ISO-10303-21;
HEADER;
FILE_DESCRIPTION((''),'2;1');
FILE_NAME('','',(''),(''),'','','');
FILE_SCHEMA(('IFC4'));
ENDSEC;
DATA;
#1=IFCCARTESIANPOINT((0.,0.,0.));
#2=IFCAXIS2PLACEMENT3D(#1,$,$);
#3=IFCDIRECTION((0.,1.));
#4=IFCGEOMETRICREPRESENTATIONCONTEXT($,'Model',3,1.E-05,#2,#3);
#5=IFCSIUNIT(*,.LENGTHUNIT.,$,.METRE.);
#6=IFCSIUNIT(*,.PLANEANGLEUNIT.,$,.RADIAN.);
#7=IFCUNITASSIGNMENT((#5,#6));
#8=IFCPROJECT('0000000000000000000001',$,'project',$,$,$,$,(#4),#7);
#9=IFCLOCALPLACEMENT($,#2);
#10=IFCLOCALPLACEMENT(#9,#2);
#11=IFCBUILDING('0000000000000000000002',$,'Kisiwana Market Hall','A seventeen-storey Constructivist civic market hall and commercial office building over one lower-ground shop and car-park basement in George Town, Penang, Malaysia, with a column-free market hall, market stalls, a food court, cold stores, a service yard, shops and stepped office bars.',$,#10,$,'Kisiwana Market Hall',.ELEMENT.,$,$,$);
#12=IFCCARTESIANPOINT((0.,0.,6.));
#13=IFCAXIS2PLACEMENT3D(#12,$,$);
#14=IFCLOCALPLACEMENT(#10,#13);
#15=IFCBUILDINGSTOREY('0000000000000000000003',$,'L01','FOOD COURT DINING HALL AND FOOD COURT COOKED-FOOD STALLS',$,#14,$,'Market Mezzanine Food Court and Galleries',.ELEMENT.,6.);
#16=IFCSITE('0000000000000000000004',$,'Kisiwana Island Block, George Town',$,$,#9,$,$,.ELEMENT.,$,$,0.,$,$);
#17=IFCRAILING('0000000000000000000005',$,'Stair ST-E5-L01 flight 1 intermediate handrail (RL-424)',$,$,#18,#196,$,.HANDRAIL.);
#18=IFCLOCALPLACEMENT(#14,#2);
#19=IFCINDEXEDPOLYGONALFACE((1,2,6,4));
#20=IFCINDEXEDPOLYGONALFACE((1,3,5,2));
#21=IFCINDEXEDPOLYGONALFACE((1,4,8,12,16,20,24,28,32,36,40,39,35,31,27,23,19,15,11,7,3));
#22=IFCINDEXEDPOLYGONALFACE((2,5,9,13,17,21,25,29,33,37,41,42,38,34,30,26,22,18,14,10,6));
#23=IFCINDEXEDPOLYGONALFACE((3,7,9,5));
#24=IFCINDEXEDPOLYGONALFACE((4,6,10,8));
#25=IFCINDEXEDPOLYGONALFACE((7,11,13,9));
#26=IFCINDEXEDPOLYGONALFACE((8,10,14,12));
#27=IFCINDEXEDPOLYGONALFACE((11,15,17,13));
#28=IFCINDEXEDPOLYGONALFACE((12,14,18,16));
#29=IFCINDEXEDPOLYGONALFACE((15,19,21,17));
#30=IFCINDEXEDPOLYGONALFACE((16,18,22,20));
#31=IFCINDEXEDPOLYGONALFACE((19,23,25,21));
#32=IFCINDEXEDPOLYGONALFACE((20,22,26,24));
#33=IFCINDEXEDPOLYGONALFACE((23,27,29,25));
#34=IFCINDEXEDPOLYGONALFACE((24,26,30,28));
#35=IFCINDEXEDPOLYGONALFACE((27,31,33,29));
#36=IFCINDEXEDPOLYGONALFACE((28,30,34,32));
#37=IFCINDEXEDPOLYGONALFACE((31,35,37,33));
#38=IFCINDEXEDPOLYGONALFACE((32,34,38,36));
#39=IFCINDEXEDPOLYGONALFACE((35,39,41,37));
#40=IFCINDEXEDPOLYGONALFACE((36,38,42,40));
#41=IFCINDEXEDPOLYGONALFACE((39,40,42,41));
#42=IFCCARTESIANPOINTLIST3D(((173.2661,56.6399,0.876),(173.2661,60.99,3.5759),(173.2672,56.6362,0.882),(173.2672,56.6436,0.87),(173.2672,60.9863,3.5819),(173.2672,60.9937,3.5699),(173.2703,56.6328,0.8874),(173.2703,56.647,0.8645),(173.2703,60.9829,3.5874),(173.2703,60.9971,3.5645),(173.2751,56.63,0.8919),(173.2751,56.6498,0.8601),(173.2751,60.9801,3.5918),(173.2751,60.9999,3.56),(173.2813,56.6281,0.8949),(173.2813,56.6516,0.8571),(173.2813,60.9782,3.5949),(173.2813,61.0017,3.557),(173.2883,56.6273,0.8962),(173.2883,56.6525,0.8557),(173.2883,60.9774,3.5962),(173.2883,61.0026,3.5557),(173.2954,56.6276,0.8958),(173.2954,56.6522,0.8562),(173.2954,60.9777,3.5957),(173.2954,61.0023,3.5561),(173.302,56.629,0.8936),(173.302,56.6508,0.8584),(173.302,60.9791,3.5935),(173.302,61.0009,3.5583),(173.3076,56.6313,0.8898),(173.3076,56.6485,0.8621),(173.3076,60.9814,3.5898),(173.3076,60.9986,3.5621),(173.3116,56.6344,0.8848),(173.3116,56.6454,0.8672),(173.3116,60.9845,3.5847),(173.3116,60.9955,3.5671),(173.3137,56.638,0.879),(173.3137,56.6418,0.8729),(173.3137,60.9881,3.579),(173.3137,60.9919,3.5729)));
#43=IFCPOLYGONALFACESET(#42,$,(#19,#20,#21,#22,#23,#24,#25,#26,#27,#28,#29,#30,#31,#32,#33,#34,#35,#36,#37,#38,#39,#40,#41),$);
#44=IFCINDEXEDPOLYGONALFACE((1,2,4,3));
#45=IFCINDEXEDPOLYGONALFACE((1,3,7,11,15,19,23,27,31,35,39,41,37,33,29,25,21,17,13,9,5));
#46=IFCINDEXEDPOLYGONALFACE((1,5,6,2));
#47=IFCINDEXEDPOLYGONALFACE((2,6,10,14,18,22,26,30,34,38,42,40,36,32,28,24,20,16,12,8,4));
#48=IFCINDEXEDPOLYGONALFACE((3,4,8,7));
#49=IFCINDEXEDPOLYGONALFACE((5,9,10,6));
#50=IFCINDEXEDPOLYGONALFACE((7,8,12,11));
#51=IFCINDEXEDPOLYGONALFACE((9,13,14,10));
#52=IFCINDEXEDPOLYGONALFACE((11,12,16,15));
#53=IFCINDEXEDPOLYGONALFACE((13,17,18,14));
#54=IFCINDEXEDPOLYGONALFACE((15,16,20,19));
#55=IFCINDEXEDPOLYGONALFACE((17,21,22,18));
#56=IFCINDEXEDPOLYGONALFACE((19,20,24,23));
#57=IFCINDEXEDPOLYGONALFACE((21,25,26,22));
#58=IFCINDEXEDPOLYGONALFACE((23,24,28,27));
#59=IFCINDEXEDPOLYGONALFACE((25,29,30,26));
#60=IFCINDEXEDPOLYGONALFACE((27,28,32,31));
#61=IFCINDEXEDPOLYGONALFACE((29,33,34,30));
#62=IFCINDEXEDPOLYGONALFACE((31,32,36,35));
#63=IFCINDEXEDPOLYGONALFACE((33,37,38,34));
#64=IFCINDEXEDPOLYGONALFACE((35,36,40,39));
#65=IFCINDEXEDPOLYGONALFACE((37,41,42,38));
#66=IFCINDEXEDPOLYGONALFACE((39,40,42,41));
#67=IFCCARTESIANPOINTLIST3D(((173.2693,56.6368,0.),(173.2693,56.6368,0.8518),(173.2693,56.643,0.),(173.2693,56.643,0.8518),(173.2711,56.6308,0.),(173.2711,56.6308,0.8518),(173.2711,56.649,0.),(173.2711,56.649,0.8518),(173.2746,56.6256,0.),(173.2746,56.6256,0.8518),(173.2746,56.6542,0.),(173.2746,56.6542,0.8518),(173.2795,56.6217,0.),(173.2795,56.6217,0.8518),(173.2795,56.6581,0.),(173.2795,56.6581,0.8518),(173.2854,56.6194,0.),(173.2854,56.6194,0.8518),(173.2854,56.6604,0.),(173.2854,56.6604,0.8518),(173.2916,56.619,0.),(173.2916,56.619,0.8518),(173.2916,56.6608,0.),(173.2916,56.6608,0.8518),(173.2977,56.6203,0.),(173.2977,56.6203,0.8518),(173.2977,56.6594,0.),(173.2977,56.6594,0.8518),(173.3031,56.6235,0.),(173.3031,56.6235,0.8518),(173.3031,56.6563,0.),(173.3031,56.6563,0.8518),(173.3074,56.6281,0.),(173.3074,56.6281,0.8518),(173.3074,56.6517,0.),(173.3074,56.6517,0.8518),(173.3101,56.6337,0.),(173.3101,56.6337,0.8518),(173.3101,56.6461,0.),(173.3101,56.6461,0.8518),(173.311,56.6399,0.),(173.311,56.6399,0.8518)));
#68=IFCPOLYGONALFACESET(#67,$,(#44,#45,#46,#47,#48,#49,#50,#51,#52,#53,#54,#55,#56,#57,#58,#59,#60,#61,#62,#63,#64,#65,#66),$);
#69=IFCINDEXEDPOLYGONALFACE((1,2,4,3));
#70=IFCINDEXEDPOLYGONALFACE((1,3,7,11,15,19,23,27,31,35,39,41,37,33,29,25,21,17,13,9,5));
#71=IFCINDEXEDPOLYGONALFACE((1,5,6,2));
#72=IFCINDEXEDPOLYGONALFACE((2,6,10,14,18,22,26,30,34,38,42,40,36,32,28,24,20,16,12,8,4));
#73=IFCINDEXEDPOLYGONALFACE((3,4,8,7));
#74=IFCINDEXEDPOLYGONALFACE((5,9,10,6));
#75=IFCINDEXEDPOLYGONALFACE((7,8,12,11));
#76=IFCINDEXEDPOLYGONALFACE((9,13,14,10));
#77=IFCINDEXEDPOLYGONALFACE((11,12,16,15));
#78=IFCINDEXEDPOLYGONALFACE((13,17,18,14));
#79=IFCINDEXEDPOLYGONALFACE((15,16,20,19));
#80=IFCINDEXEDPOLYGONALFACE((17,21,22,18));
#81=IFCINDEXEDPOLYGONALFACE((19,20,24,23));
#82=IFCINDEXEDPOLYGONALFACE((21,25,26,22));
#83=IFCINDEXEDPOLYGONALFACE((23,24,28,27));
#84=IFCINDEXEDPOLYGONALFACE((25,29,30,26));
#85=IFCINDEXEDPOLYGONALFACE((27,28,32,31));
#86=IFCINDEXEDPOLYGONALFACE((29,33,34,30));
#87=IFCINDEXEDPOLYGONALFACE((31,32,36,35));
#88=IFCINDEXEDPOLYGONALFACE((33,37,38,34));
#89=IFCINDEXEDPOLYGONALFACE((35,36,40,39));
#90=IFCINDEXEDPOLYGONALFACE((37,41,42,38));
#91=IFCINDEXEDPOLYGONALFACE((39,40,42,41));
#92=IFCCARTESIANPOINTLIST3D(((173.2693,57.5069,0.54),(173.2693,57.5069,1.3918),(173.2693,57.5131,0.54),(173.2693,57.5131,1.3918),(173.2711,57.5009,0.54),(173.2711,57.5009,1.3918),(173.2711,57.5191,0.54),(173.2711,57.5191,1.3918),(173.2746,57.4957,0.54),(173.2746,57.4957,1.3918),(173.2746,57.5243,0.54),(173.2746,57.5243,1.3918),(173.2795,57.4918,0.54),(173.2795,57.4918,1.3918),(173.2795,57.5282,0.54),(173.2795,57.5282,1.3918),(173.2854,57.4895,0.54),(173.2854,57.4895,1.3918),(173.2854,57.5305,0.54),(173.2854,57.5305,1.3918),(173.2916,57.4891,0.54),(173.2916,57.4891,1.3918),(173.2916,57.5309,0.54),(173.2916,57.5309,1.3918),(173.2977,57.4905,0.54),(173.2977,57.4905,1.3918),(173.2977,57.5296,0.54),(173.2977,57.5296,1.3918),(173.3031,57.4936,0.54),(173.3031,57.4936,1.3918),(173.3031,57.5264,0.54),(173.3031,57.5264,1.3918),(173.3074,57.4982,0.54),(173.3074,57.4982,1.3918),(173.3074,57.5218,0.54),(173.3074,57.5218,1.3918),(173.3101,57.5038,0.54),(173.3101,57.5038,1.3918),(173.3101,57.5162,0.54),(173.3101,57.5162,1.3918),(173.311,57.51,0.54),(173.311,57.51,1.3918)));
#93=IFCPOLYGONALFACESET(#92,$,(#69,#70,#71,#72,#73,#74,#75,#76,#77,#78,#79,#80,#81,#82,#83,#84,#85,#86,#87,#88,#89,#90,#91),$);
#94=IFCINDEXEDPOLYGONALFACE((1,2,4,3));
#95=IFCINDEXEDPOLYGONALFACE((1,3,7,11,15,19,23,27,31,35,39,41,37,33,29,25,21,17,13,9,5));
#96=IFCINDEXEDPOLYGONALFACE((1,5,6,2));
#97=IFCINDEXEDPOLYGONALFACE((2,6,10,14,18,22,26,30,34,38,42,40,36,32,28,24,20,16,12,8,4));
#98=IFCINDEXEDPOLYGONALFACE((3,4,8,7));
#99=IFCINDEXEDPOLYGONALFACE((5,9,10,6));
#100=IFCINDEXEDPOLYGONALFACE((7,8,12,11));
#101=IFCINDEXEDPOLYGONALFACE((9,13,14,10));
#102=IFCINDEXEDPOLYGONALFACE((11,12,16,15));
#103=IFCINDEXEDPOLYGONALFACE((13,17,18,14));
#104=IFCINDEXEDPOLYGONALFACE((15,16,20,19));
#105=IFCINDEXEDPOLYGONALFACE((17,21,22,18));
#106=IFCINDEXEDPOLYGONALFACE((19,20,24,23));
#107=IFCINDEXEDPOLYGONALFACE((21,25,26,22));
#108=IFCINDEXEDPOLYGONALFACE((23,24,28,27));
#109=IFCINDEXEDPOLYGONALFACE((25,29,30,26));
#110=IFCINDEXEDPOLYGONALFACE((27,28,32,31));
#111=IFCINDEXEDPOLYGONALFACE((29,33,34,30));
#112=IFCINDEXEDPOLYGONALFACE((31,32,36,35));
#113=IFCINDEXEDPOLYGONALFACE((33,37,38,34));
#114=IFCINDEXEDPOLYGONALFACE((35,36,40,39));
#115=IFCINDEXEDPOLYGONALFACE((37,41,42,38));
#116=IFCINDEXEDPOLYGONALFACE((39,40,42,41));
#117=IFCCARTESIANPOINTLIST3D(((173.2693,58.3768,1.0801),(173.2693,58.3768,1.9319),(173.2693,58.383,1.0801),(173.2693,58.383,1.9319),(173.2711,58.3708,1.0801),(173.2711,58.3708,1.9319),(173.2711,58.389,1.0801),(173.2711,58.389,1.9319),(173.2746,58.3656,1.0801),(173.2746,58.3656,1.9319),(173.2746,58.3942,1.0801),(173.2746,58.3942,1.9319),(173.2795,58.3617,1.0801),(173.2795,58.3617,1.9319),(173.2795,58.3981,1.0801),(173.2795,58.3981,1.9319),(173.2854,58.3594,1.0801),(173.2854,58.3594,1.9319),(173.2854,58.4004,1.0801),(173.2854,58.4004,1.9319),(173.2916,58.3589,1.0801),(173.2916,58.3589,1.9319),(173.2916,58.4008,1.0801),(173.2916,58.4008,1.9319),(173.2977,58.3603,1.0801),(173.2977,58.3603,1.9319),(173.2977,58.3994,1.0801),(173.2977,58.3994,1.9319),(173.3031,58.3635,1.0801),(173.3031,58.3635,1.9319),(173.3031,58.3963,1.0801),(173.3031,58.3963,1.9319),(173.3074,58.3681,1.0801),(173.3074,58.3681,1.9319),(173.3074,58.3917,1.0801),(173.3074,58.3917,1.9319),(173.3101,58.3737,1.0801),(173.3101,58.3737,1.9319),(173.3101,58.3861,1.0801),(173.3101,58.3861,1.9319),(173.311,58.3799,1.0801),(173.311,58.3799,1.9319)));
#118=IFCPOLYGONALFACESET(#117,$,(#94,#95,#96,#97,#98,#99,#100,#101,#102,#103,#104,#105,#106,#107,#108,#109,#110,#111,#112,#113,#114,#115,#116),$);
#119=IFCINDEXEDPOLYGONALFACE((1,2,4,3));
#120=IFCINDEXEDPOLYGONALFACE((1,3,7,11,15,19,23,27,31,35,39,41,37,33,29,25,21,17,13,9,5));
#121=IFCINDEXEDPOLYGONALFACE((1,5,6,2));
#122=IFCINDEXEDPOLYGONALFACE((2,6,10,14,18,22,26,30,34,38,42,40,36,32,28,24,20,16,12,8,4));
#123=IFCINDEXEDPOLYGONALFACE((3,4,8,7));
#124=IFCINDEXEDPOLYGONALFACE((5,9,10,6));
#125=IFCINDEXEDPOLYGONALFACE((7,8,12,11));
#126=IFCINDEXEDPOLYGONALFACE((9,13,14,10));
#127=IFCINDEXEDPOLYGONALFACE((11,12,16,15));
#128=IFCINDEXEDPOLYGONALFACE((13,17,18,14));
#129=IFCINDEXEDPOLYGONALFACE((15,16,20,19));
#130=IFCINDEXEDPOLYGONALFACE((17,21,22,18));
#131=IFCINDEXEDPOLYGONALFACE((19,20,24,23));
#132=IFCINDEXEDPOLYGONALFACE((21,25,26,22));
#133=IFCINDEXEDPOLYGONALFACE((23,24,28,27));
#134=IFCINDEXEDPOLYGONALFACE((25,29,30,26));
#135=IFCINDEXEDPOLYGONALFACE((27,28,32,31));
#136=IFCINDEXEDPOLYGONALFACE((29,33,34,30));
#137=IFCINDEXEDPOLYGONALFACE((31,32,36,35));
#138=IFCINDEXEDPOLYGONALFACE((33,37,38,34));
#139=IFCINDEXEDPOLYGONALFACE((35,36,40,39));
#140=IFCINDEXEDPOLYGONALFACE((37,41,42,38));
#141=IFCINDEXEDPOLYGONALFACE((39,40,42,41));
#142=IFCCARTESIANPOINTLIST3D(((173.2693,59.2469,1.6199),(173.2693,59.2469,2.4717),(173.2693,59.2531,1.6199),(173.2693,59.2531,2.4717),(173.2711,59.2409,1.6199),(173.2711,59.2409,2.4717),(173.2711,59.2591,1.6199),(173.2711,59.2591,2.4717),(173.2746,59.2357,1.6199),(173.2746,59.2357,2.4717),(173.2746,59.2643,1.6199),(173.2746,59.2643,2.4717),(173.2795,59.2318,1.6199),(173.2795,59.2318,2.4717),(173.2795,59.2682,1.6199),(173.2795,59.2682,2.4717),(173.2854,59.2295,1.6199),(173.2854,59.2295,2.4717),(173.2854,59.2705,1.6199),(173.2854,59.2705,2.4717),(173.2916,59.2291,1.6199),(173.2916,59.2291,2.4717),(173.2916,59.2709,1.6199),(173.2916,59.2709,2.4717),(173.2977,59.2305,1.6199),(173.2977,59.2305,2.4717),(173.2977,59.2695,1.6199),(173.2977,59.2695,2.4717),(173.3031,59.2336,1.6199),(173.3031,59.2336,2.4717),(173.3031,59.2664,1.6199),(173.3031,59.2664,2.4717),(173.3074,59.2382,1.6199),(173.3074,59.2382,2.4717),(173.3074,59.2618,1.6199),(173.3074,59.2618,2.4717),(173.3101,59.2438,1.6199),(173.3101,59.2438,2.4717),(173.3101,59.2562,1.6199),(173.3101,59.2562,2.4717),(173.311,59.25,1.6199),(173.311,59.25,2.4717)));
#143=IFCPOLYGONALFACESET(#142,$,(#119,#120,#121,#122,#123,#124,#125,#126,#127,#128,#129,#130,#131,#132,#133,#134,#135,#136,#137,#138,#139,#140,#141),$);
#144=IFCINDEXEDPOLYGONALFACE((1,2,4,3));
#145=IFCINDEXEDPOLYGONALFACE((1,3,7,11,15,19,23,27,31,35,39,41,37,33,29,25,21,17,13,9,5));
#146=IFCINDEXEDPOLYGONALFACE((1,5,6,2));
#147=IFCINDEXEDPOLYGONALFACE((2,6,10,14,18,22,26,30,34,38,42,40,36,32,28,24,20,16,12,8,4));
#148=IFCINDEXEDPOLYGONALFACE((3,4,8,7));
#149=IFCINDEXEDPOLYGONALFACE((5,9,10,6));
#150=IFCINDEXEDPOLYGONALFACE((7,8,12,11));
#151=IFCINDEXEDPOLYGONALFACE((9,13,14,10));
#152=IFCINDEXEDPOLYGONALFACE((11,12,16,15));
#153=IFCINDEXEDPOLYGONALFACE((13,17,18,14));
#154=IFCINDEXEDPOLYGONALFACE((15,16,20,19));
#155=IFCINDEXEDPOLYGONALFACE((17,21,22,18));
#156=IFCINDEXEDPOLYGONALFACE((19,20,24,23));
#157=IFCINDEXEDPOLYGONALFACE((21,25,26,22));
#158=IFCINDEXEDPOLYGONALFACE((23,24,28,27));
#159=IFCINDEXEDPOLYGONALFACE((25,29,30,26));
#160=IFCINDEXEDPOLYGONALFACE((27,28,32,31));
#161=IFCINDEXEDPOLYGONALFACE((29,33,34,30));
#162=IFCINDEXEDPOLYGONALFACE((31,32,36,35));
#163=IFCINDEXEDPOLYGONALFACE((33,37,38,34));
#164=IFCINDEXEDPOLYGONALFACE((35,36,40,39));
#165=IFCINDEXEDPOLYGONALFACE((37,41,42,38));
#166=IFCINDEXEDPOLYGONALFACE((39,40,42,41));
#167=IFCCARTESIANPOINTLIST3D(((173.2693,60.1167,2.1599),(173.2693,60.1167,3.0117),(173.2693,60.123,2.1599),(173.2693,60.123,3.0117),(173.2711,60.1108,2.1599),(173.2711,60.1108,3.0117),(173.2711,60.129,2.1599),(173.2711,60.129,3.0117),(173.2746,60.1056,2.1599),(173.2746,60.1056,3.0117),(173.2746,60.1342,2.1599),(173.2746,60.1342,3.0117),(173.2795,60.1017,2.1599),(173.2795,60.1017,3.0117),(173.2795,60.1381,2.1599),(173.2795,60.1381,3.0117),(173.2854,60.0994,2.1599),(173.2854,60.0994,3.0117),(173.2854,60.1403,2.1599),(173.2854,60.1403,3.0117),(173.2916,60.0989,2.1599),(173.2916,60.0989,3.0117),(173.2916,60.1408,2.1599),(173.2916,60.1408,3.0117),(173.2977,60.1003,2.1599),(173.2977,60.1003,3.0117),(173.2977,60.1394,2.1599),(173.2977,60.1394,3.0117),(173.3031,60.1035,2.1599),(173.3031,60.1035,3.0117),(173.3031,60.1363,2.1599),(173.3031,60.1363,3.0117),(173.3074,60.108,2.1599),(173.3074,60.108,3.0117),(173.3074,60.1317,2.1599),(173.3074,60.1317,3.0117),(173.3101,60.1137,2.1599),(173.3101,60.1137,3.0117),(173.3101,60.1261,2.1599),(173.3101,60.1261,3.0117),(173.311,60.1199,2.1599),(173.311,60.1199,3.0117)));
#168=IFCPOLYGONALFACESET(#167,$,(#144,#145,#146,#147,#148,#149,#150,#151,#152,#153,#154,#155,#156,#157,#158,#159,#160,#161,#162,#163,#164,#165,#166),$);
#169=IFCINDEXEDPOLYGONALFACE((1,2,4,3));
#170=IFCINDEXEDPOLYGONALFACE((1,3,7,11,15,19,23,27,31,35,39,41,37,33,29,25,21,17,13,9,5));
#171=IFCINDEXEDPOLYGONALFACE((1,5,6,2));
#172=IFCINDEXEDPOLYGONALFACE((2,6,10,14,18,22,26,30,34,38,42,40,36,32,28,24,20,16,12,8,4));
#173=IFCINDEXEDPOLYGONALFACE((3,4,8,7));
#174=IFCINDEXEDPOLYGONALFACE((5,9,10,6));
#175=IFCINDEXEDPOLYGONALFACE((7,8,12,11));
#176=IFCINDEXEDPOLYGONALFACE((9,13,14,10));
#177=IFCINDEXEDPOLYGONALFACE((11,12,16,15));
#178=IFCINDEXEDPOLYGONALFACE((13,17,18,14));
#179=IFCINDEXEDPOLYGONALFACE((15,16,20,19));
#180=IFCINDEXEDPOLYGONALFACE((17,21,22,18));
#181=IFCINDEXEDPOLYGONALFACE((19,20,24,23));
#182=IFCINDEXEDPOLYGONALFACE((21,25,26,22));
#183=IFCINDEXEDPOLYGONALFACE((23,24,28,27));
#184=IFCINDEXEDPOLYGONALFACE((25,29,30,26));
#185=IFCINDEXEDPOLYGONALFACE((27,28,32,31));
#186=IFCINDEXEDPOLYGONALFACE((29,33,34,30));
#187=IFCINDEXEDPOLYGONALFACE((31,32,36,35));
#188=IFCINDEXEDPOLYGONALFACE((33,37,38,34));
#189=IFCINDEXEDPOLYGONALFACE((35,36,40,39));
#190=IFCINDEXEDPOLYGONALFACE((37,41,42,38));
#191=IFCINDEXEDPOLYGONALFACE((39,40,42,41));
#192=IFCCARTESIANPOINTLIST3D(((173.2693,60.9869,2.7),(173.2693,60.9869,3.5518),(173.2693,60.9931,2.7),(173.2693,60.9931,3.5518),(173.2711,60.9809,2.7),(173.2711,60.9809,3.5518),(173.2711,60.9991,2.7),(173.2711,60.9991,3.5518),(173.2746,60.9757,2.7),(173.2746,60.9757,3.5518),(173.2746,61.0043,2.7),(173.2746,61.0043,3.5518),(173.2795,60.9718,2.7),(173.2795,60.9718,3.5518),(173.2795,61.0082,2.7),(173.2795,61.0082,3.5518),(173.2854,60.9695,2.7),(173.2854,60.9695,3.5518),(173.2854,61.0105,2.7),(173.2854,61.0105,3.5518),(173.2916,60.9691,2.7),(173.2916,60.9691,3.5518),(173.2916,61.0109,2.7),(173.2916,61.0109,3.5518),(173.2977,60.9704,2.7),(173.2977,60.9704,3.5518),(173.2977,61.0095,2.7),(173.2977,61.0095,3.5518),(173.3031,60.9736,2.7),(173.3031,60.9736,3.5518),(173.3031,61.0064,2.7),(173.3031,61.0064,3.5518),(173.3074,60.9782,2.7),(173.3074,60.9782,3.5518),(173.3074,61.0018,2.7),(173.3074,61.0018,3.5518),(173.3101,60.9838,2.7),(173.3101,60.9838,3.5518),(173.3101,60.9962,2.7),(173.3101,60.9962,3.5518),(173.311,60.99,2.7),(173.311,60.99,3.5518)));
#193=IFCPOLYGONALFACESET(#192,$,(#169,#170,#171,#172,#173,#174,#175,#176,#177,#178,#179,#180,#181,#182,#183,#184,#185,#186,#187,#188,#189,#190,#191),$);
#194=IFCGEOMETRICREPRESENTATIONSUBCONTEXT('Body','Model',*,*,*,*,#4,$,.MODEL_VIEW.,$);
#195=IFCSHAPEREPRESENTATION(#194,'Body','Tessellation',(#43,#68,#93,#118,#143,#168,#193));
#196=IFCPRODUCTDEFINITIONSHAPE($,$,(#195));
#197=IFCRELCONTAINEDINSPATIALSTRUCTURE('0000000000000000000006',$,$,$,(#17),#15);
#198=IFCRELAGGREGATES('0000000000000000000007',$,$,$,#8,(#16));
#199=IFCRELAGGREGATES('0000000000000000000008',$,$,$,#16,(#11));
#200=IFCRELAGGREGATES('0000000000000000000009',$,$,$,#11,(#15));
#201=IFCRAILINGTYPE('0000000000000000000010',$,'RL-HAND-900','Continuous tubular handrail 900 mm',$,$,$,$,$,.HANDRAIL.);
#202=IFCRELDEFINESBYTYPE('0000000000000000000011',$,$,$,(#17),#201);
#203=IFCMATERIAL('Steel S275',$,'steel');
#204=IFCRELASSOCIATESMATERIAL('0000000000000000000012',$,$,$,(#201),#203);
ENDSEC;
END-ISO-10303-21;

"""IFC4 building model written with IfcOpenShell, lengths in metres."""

from ifc_helpers import new_model, si_unit, direction, frame, origin, origin_2d, place, context, subcontext, project, spatial, circle, extrude, material, type_object, element, save


model = new_model("IFC4")

# Units and contexts
model_context = context("Model", 3, precision=1e-05, world=origin(), true_north=direction((0.0, 1.0)))
body_context = subcontext(model_context, "Body", "Model", "MODEL_VIEW")
ifc_project = project(units=[si_unit("LENGTHUNIT", "METRE"), si_unit("PLANEANGLEUNIT", "RADIAN")], contexts=[model_context])

# Site, building, storey
site_placement = place(None, origin())
site = spatial("IfcSite", under=ifc_project, at=site_placement, Name="Kisiwana Island Block, George Town", CompositionType="ELEMENT", RefElevation=0.0)
building_placement = place(site_placement, origin())
building = spatial("IfcBuilding", under=site, at=building_placement, Name="Kisiwana Market Hall", Description="A seventeen-storey Constructivist civic market hall and commercial office building over one lower-ground shop and car-park basement in George Town, Penang, Malaysia, with a column-free market hall, market stalls, a food court, cold stores, a service yard, shops and stepped office bars.", LongName="Kisiwana Market Hall", CompositionType="ELEMENT")
storey_placement = place(building_placement, frame((0.0, 0.0, 6.0)))
storey = spatial("IfcBuildingStorey", under=building, at=storey_placement, Name="L01", Description="FOOD COURT DINING HALL AND FOOD COURT COOKED-FOOD STALLS", LongName="Market Mezzanine Food Court and Galleries", CompositionType="ELEMENT", Elevation=6.0)

# Railing
ifc_material_1 = material(Name="Steel S275", Category="steel")
railing_type_1 = type_object("IfcRailingType", Name="RL-HAND-900", Description="Continuous tubular handrail 900 mm", PredefinedType="HANDRAIL", material=ifc_material_1)
for number, where, name in (
    (1, (173.29, 56.6399, 0.0), "Stair ST-E5-L01 flight 1 intermediate handrail (RL-424)"),
):
    element("IfcRailing", number, at=place(storey_placement, frame(where)), inside=storey, type_object=railing_type_1, Name=name, PredefinedType="HANDRAIL", context=body_context, shape_type="SweptSolid", body=[
        extrude(circle(Radius=0.0239, at=origin_2d()), frame((0.0, 0.0, 0.876), z_axis=(0.0, 0.84965, 0.527347), x_axis=(-1.0, 0.0, 0.0)), (0.0, 0.0, 1.0), 5.1199),
        extrude(circle(Radius=0.021, at=origin_2d()), origin(), (0.0, 0.0, 1.0), 0.8518),
        extrude(circle(Radius=0.021, at=origin_2d()), frame((0.0, 0.8701, 0.54)), (0.0, 0.0, 1.0), 0.8518),
        extrude(circle(Radius=0.021, at=origin_2d()), frame((0.0, 1.74, 1.0801)), (0.0, 0.0, 1.0), 0.8518),
        extrude(circle(Radius=0.021, at=origin_2d()), frame((0.0, 2.6101, 1.6199)), (0.0, 0.0, 1.0), 0.8518),
        extrude(circle(Radius=0.021, at=origin_2d()), frame((0.0, 3.48, 2.1599)), (0.0, 0.0, 1.0), 0.8518),
        extrude(circle(Radius=0.021, at=origin_2d()), frame((0.0, 4.3501, 2.7)), (0.0, 0.0, 1.0), 0.8518),
    ])

save(model, "model.ifc")
